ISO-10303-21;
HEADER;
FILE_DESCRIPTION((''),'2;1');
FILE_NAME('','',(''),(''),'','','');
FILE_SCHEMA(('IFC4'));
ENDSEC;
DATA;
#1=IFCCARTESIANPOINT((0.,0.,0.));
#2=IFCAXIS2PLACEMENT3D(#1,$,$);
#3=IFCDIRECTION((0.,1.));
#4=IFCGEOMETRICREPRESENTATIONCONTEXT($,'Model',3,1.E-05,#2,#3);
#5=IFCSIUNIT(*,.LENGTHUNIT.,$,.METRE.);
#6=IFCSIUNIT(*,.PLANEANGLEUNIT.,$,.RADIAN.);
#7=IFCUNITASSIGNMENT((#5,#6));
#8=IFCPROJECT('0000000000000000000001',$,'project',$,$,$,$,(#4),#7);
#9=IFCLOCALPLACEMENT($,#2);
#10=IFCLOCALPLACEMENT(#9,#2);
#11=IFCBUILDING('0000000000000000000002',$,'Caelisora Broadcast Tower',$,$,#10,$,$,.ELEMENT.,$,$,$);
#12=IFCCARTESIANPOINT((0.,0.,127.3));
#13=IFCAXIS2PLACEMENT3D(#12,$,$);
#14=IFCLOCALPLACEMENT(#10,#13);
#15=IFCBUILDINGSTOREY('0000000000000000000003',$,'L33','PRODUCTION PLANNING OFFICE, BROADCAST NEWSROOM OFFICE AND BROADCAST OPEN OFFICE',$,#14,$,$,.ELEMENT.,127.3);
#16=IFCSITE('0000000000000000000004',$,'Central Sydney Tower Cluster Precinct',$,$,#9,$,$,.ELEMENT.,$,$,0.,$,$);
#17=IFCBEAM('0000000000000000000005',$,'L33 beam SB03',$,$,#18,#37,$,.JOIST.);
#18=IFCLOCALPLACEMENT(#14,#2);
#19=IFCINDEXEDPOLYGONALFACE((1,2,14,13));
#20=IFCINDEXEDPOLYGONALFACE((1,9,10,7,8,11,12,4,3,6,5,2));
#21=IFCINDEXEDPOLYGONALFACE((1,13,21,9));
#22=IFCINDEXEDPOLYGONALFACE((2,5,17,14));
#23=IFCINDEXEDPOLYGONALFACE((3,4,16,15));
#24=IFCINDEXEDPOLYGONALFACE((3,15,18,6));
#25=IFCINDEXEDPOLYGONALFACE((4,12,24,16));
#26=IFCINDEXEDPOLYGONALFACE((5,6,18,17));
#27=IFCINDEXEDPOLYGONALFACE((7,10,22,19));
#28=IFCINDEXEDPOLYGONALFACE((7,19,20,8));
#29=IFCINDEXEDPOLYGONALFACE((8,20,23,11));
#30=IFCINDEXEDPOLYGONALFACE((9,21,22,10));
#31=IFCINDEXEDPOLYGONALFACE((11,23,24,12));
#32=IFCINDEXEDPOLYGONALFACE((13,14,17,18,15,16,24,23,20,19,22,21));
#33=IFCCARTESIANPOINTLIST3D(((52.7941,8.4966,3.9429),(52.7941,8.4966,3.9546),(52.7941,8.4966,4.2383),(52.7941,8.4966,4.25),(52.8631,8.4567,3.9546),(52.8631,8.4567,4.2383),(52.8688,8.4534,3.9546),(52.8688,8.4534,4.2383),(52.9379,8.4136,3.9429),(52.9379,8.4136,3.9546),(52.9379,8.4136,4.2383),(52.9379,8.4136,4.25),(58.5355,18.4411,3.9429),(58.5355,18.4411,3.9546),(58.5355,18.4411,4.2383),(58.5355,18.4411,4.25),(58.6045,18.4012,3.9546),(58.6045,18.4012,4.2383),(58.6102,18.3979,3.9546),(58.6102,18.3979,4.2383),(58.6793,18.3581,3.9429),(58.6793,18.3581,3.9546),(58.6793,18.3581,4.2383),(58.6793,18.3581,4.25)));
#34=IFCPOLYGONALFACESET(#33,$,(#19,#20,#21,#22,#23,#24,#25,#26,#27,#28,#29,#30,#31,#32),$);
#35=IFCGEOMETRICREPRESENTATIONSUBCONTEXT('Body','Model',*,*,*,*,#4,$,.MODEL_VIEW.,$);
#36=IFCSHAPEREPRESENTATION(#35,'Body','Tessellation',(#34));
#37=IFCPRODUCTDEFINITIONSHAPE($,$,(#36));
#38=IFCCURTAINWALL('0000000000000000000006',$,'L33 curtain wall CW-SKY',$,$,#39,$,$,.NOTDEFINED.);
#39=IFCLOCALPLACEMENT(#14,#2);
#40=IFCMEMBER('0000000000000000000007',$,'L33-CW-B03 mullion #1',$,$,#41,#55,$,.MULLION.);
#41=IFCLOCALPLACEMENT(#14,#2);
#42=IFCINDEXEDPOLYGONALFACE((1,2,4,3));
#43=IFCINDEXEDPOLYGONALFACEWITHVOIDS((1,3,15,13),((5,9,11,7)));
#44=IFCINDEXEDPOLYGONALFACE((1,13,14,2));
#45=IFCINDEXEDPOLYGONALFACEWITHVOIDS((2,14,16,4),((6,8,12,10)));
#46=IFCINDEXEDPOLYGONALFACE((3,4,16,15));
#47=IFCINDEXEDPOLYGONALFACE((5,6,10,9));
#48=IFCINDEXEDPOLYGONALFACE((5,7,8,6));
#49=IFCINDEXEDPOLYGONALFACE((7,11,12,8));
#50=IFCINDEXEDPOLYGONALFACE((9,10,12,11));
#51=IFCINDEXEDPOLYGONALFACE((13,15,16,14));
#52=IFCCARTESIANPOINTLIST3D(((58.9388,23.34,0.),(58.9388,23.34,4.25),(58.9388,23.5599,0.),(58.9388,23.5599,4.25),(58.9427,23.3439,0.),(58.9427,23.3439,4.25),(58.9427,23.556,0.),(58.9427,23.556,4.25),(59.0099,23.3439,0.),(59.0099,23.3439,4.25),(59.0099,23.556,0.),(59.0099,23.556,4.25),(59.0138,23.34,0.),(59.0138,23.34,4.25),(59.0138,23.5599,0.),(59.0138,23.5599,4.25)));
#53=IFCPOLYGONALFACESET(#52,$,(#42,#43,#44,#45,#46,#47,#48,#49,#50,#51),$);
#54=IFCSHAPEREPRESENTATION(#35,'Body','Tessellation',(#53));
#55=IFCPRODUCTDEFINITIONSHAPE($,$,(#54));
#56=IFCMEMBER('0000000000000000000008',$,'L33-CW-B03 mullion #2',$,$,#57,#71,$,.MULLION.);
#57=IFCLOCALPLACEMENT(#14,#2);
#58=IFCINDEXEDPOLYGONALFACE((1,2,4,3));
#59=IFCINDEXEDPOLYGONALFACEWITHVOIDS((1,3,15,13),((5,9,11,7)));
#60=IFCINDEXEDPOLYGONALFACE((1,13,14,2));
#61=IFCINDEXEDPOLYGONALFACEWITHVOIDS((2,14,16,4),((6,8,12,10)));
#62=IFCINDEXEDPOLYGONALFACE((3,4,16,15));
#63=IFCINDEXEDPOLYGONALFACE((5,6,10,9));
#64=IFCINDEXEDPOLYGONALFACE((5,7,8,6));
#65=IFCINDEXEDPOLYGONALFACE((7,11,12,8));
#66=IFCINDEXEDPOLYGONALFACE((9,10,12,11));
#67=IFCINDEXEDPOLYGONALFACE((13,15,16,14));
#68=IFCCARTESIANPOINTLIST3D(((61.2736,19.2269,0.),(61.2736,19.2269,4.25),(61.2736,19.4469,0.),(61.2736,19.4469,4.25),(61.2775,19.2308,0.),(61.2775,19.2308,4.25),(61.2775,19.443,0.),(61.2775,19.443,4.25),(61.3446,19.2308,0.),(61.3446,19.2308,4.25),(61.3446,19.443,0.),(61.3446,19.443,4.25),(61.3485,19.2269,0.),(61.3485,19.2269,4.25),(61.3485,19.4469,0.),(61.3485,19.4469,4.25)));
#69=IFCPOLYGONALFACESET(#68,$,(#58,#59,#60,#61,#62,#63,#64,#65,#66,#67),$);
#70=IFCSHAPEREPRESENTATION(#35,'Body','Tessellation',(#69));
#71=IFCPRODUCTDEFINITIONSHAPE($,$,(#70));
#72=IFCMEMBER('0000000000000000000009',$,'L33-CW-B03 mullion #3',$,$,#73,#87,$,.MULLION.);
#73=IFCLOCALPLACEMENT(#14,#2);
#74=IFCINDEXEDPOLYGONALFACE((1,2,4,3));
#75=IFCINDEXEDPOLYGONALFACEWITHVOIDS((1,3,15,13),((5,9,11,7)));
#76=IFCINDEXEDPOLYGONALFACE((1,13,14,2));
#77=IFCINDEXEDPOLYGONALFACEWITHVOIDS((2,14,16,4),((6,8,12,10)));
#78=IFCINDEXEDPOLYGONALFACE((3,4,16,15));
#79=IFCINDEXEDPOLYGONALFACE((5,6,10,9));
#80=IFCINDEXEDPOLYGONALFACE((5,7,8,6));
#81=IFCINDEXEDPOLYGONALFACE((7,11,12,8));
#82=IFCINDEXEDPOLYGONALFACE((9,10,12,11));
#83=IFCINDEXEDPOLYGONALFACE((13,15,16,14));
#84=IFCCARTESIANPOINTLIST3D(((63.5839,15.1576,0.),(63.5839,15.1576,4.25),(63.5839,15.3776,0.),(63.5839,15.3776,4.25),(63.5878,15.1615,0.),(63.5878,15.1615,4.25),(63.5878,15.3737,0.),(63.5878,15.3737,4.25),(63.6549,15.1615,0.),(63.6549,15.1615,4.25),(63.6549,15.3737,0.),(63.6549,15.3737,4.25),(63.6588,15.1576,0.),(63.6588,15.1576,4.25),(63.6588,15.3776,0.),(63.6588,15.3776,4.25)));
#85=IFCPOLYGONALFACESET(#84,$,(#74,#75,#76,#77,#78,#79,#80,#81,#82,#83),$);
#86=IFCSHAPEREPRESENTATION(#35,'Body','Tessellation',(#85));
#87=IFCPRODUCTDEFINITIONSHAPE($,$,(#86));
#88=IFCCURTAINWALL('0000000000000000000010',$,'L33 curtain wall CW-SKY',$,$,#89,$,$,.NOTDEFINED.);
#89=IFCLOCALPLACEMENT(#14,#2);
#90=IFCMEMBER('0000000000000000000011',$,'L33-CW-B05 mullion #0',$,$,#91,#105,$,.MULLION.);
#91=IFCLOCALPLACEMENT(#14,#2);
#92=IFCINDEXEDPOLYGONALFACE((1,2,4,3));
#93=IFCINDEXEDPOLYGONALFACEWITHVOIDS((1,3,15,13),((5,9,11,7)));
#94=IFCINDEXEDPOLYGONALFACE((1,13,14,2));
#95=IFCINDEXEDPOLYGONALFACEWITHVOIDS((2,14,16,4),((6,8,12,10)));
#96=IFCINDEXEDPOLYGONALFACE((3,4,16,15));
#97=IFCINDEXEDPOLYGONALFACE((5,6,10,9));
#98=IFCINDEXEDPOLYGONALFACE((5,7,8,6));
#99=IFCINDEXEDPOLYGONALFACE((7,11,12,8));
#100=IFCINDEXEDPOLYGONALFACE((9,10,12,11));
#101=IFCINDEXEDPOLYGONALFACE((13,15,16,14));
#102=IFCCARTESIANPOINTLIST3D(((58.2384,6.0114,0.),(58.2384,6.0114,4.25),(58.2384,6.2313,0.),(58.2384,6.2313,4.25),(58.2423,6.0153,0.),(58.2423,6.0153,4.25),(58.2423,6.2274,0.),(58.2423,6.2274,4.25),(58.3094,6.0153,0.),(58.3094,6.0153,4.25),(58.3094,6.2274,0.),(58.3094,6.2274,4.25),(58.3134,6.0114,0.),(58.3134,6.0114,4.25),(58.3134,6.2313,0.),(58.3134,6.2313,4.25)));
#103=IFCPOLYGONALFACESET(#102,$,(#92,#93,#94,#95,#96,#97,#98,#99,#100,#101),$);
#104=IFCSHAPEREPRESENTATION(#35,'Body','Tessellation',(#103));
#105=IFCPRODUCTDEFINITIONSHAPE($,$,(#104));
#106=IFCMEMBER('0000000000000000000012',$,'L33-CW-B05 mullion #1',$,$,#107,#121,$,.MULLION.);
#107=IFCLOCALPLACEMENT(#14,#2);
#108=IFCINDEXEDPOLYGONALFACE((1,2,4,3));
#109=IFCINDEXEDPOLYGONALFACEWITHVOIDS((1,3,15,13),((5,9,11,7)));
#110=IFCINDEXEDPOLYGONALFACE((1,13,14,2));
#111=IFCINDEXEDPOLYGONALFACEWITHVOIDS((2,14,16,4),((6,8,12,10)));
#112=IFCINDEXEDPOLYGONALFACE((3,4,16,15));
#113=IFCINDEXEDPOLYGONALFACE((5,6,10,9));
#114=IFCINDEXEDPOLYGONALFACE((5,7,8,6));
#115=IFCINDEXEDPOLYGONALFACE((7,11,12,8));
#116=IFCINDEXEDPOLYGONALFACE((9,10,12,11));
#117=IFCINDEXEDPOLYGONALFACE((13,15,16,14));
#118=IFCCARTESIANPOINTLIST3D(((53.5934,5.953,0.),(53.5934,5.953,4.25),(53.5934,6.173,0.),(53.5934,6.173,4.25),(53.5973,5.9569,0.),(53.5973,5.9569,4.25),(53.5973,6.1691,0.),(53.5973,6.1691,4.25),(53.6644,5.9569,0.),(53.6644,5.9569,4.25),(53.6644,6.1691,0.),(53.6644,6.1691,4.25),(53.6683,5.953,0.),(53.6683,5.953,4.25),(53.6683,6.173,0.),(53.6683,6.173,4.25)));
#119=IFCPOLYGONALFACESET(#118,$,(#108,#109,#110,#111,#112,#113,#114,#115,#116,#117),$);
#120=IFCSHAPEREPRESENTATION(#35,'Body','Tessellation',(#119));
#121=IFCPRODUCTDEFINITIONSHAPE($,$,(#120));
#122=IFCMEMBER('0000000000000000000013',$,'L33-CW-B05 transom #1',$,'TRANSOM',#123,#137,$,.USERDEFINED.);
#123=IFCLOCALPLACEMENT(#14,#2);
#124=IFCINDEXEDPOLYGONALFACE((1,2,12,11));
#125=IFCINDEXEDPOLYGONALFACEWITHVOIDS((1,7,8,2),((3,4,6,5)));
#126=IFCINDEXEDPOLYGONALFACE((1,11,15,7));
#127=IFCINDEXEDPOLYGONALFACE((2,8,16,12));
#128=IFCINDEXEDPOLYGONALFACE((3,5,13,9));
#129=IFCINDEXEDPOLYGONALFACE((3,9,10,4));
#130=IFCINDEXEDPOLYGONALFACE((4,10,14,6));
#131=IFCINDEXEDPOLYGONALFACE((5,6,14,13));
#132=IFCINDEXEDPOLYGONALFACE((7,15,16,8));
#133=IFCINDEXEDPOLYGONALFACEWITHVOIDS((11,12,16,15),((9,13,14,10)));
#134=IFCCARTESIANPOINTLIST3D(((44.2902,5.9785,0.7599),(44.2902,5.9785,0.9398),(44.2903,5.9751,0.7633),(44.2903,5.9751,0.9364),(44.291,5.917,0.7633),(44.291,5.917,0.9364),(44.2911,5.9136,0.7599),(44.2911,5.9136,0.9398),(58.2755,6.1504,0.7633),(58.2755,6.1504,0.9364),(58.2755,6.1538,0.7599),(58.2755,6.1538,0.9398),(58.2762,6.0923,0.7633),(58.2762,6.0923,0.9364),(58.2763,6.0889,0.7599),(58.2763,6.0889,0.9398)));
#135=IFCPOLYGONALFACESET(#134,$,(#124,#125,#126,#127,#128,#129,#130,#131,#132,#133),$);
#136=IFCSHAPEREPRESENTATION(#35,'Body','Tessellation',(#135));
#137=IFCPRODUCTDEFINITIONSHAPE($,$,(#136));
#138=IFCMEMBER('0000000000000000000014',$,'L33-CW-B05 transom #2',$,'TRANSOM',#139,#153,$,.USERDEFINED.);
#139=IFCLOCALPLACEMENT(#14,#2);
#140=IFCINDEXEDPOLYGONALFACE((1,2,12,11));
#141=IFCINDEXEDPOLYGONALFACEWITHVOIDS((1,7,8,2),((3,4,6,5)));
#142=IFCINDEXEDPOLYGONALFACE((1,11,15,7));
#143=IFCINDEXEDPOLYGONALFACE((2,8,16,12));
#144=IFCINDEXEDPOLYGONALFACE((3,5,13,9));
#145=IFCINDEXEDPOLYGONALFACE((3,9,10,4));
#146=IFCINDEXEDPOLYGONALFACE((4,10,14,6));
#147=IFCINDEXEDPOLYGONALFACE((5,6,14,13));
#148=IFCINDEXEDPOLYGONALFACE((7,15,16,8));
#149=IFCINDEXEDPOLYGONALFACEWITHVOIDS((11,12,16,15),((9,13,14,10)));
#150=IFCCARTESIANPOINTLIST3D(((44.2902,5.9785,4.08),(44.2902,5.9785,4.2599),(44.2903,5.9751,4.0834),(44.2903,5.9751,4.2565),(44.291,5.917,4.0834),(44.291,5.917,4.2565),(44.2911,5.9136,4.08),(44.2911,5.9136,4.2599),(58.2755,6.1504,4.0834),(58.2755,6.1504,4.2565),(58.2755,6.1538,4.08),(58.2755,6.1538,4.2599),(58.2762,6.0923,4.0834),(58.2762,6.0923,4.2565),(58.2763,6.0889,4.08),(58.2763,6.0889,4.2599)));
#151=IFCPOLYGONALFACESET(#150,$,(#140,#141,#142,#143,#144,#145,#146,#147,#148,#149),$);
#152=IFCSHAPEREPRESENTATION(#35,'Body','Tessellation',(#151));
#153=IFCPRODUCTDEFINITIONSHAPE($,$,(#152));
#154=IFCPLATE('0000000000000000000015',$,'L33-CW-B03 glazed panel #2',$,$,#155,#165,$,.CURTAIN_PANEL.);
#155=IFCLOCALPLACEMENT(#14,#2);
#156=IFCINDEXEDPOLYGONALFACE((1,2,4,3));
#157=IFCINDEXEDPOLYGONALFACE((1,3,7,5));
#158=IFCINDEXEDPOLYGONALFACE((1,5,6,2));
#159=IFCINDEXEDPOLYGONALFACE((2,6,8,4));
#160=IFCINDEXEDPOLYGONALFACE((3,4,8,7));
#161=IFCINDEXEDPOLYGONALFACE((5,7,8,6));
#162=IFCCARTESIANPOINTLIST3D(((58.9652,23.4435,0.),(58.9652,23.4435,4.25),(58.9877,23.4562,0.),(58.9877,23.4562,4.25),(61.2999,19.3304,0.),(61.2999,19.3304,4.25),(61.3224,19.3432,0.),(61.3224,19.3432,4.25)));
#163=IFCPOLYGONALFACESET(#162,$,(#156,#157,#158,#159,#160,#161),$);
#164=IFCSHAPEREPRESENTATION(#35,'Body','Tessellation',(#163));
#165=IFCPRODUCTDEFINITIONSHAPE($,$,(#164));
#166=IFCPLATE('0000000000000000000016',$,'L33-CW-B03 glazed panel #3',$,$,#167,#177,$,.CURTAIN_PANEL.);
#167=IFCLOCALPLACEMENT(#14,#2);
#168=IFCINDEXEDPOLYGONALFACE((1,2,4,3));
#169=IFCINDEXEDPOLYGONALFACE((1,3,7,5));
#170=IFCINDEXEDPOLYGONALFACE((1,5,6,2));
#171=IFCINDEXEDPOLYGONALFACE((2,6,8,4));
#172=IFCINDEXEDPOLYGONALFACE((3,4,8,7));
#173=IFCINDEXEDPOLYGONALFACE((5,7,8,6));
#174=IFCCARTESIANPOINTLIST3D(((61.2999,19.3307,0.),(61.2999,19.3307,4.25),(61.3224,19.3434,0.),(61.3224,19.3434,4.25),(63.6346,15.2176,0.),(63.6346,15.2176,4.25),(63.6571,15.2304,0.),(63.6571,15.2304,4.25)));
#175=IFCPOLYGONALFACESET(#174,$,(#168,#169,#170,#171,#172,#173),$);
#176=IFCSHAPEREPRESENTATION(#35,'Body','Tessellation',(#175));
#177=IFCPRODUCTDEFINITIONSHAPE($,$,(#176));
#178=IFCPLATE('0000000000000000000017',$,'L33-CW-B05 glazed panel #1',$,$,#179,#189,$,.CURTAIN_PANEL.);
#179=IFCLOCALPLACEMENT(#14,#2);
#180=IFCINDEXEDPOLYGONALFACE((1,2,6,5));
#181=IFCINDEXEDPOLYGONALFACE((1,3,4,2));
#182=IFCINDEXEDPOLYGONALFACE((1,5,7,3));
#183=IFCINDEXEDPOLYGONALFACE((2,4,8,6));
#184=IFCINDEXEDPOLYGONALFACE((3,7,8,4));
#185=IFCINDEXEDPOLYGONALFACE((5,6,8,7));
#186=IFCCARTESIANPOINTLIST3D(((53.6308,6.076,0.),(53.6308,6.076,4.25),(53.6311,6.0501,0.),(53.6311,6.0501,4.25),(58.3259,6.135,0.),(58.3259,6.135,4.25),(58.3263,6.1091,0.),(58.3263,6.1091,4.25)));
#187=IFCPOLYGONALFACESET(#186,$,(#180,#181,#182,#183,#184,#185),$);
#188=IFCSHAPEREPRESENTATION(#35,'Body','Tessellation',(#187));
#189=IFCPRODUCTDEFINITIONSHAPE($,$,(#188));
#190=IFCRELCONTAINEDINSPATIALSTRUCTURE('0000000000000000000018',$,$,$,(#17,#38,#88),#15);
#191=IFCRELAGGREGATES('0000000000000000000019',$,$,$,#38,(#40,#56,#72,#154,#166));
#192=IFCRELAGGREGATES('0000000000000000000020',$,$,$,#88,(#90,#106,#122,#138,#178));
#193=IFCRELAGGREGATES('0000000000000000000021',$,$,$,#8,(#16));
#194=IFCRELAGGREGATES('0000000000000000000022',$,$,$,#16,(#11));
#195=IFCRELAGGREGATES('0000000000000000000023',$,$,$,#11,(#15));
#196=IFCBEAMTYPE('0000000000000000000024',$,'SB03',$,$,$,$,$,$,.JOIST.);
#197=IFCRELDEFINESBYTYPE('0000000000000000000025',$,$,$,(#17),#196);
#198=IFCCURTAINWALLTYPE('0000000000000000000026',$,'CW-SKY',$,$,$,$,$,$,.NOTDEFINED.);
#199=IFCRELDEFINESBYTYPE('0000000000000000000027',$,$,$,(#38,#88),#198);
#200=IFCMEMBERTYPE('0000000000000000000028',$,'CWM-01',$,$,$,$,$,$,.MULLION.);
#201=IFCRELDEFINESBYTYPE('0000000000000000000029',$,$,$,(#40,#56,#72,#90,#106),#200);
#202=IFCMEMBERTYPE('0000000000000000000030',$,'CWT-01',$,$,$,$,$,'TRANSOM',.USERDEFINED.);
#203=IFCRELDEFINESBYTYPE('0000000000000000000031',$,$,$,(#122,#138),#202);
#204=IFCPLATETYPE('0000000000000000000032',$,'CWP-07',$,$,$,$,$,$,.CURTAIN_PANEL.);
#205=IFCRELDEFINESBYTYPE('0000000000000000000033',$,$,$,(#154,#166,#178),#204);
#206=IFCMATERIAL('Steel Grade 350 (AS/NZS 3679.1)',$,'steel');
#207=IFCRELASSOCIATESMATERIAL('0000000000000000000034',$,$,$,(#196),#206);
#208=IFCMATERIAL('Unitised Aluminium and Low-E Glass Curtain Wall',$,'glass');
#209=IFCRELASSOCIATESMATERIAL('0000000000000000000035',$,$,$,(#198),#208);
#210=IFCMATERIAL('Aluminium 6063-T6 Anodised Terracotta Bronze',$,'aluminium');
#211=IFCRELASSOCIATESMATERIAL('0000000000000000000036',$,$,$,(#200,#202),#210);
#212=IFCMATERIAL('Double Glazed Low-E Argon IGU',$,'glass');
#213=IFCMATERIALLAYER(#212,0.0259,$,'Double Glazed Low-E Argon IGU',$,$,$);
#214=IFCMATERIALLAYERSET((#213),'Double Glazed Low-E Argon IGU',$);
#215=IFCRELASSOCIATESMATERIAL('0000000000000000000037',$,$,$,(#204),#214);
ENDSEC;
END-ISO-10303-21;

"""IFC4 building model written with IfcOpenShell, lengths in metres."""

from ifc_helpers import new_model, si_unit, direction, frame, origin, origin_2d, place, context, subcontext, project, spatial, rectangle, hollow_rectangle, i_section, extrude, source, transform, mapped, material, layer, layer_set, material_profile, profile_set, type_object, type_shapes, element, aggregate, save


model = new_model("IFC4")

# Units and contexts
model_context = context("Model", 3, precision=1e-05, world=origin(), true_north=direction((0.0, 1.0)))
body_context = subcontext(model_context, "Body", "Model", "MODEL_VIEW")
ifc_project = project(units=[si_unit("LENGTHUNIT", "METRE"), si_unit("PLANEANGLEUNIT", "RADIAN")], contexts=[model_context])

# Site, building, storey
site_placement = place(None, origin())
site = spatial("IfcSite", under=ifc_project, at=site_placement, Name="Central Sydney Tower Cluster Precinct", CompositionType="ELEMENT", RefElevation=0.0)
building_placement = place(site_placement, origin())
building = spatial("IfcBuilding", under=site, at=building_placement, Name="Caelisora Broadcast Tower", CompositionType="ELEMENT")
storey_placement = place(building_placement, frame((0.0, 0.0, 127.3)))
storey = spatial("IfcBuildingStorey", under=building, at=storey_placement, Name="L33", Description="PRODUCTION PLANNING OFFICE, BROADCAST NEWSROOM OFFICE AND BROADCAST OPEN OFFICE", CompositionType="ELEMENT", Elevation=127.3)

# Beam
ifc_material_1 = material(Name="Steel Grade 350 (AS/NZS 3679.1)", Category="steel")
ifc_material_profile_1 = material_profile(ifc_material_1, i_section(OverallWidth=0.166, OverallDepth=0.3071, WebThickness=0.0066, FlangeThickness=0.0117, at=origin_2d()), Name="Steel Grade 350 (AS/NZS 3679.1)")
ifc_profile_set_1 = profile_set([ifc_material_profile_1], Name="Steel Grade 350 (AS/NZS 3679.1)")
beam_type_1 = type_object("IfcBeamType", Name="SB03", PredefinedType="JOIST", material=ifc_profile_set_1)
shared_shape_1 = source(origin(), body_context, "Body", "SweptSolid", [
    extrude(i_section(OverallWidth=0.166, OverallDepth=0.3071, WebThickness=0.0066, FlangeThickness=0.0117, at=origin_2d()), origin(), (0.0, 0.0, 1.0), 11.4829),
])
beam_1_placement = place(storey_placement, frame((52.866, 8.4551, 4.0964), z_axis=(0.499997, 0.866027, 0.0), x_axis=(-0.866027, 0.499997, 0.0)))
element("IfcBeam", 1, at=beam_1_placement, inside=storey, type_object=beam_type_1, Name="L33 beam SB03", PredefinedType="JOIST", context=body_context, shape_type="MappedRepresentation", body=[
    mapped(shared_shape_1, transform((0.0, 0.0, 0.0), scale=1.0)),
])

# Curtain walls, members
ifc_material_2 = material(Name="Unitised Aluminium and Low-E Glass Curtain Wall", Category="glass")
curtain_wall_type = type_object("IfcCurtainWallType", Name="CW-SKY", PredefinedType="NOTDEFINED", material=ifc_material_2)
curtain_wall_1_placement = place(storey_placement, origin())
curtain_wall_1 = element("IfcCurtainWall", 2, at=curtain_wall_1_placement, inside=storey, type_object=curtain_wall_type, Name="L33 curtain wall CW-SKY", PredefinedType="NOTDEFINED")
ifc_material_3 = material(Name="Aluminium 6063-T6 Anodised Terracotta Bronze", Category="aluminium")
ifc_material_profile_2 = material_profile(ifc_material_3, hollow_rectangle(XDim=0.075, YDim=0.22, WallThickness=0.0039, at=origin_2d()), Name="Aluminium 6063-T6 Anodised Terracotta Bronze")
ifc_profile_set_2 = profile_set([ifc_material_profile_2], Name="Aluminium 6063-T6 Anodised Terracotta Bronze")
member_type_1 = type_object("IfcMemberType", Name="CWM-01", PredefinedType="MULLION", material=ifc_profile_set_2)
shared_shape_2 = source(origin(), body_context, "Body", "SweptSolid", [
    extrude(hollow_rectangle(XDim=0.075, YDim=0.22, WallThickness=0.0039, at=origin_2d()), origin(), (0.0, 0.0, 1.0), 4.25),
])
type_shapes(member_type_1, [shared_shape_2])
member_1_placement = place(storey_placement, frame((58.9763, 23.45, 0.0), z_axis=(0.0, 0.0, 1.0), x_axis=(1.0, 0.0, 0.0)))
member_1 = element("IfcMember", 3, at=member_1_placement, type_object=member_type_1, Name="L33-CW-B03 mullion #1", PredefinedType="MULLION", context=body_context, shape_type="MappedRepresentation", body=[
    mapped(shared_shape_2, transform((0.0, 0.0, 0.0), scale=1.0)),
])
member_2_placement = place(storey_placement, frame((61.311, 19.3369, 0.0), z_axis=(0.0, 0.0, 1.0), x_axis=(1.0, 0.0, 0.0)))
member_2 = element("IfcMember", 4, at=member_2_placement, type_object=member_type_1, Name="L33-CW-B03 mullion #2", PredefinedType="MULLION", context=body_context, shape_type="MappedRepresentation", body=[
    mapped(shared_shape_2, transform((0.0, 0.0, 0.0), scale=1.0)),
])
member_3_placement = place(storey_placement, frame((63.6213, 15.2676, 0.0), z_axis=(0.0, 0.0, 1.0), x_axis=(1.0, 0.0, 0.0)))
member_3 = element("IfcMember", 5, at=member_3_placement, type_object=member_type_1, Name="L33-CW-B03 mullion #3", PredefinedType="MULLION", context=body_context, shape_type="MappedRepresentation", body=[
    mapped(shared_shape_2, transform((0.0, 0.0, 0.0), scale=1.0)),
])
curtain_wall_2_placement = place(storey_placement, origin())
curtain_wall_2 = element("IfcCurtainWall", 6, at=curtain_wall_2_placement, inside=storey, type_object=curtain_wall_type, Name="L33 curtain wall CW-SKY", PredefinedType="NOTDEFINED")
member_4_placement = place(storey_placement, frame((58.2759, 6.1213, 0.0), z_axis=(0.0, 0.0, 1.0), x_axis=(1.0, 0.0, 0.0)))
member_4 = element("IfcMember", 7, at=member_4_placement, type_object=member_type_1, Name="L33-CW-B05 mullion #0", PredefinedType="MULLION", context=body_context, shape_type="MappedRepresentation", body=[
    mapped(shared_shape_2, transform((0.0, 0.0, 0.0), scale=1.0)),
])
member_5_placement = place(storey_placement, frame((53.6309, 6.063, 0.0), z_axis=(0.0, 0.0, 1.0), x_axis=(1.0, 0.0, 0.0)))
member_5 = element("IfcMember", 8, at=member_5_placement, type_object=member_type_1, Name="L33-CW-B05 mullion #1", PredefinedType="MULLION", context=body_context, shape_type="MappedRepresentation", body=[
    mapped(shared_shape_2, transform((0.0, 0.0, 0.0), scale=1.0)),
])
ifc_material_profile_3 = material_profile(ifc_material_3, hollow_rectangle(XDim=0.0649, YDim=0.1799, WallThickness=0.0034, at=origin_2d()), Name="Aluminium 6063-T6 Anodised Terracotta Bronze")
ifc_profile_set_3 = profile_set([ifc_material_profile_3], Name="Aluminium 6063-T6 Anodised Terracotta Bronze")
member_type_2 = type_object("IfcMemberType", Name="CWT-01", ElementType="TRANSOM", PredefinedType="USERDEFINED", material=ifc_profile_set_3)
shared_shape_3 = source(origin(), body_context, "Body", "SweptSolid", [
    extrude(hollow_rectangle(XDim=0.0649, YDim=0.1799, WallThickness=0.0034, at=origin_2d()), origin(), (0.0, 0.0, 1.0), 13.9863),
])
type_shapes(member_type_2, [shared_shape_3])
member_6_placement = place(storey_placement, frame((58.2759, 6.1213, 0.8499), z_axis=(-0.999921, -0.012533, 0.0), x_axis=(0.012533, -0.999921, 0.0)))
member_6 = element("IfcMember", 9, at=member_6_placement, type_object=member_type_2, Name="L33-CW-B05 transom #1", ObjectType="TRANSOM", PredefinedType="USERDEFINED", context=body_context, shape_type="MappedRepresentation", body=[
    mapped(shared_shape_3, transform((0.0, 0.0, 0.0), scale=1.0)),
])
member_7_placement = place(storey_placement, frame((58.2759, 6.1213, 4.1699), z_axis=(-0.999921, -0.012533, 0.0), x_axis=(0.012533, -0.999921, 0.0)))
member_7 = element("IfcMember", 10, at=member_7_placement, type_object=member_type_2, Name="L33-CW-B05 transom #2", ObjectType="TRANSOM", PredefinedType="USERDEFINED", context=body_context, shape_type="MappedRepresentation", body=[
    mapped(shared_shape_3, transform((0.0, 0.0, 0.0), scale=1.0)),
])

# Plates
ifc_material_4 = material(Name="Double Glazed Low-E Argon IGU", Category="glass")
ifc_layer_1 = layer(ifc_material_4, 0.0259, Name="Double Glazed Low-E Argon IGU")
ifc_layer_set_1 = layer_set([ifc_layer_1], Name="Double Glazed Low-E Argon IGU")
plate_type = type_object("IfcPlateType", Name="CWP-07", PredefinedType="CURTAIN_PANEL", material=ifc_layer_set_1)
shared_shape_4 = source(origin(), body_context, "Body", "SweptSolid", [
    extrude(rectangle(XDim=4.7295, YDim=0.0259, at=origin_2d()), origin(), (0.0, 0.0, 1.0), 4.25),
])
plate_1_placement = place(storey_placement, frame((60.1438, 21.3933, 0.0), z_axis=(0.0, 0.0, 1.0), x_axis=(0.493638, -0.869667, 0.0)))
plate_1 = element("IfcPlate", 11, at=plate_1_placement, type_object=plate_type, Name="L33-CW-B03 glazed panel #2", PredefinedType="CURTAIN_PANEL", context=body_context, shape_type="MappedRepresentation", body=[
    mapped(shared_shape_4, transform((0.0, 0.0, 0.0), scale=1.0)),
])
plate_2_placement = place(storey_placement, frame((62.4785, 17.2805, 0.0), z_axis=(0.0, 0.0, 1.0), x_axis=(0.493638, -0.869667, 0.0)))
plate_2 = element("IfcPlate", 12, at=plate_2_placement, type_object=plate_type, Name="L33-CW-B03 glazed panel #3", PredefinedType="CURTAIN_PANEL", context=body_context, shape_type="MappedRepresentation", body=[
    mapped(shared_shape_4, transform((0.0, 0.0, 0.0), scale=1.0)),
])
aggregate(curtain_wall_1, [member_1, member_2, member_3, plate_1, plate_2])
shared_shape_5 = source(origin(), body_context, "Body", "SweptSolid", [
    extrude(rectangle(XDim=4.6956, YDim=0.0259, at=origin_2d()), origin(), (0.0, 0.0, 1.0), 4.25),
])
type_shapes(plate_type, [shared_shape_4, shared_shape_5])
plate_3_placement = place(storey_placement, frame((55.9785, 6.0925, 0.0), z_axis=(0.0, 0.0, 1.0), x_axis=(-0.999921, -0.012566, 0.0)))
plate_3 = element("IfcPlate", 13, at=plate_3_placement, type_object=plate_type, Name="L33-CW-B05 glazed panel #1", PredefinedType="CURTAIN_PANEL", context=body_context, shape_type="MappedRepresentation", body=[
    mapped(shared_shape_5, transform((0.0, 0.0, 0.0), scale=1.0)),
])
aggregate(curtain_wall_2, [member_4, member_5, member_6, member_7, plate_3])

save(model, "model.ifc")
